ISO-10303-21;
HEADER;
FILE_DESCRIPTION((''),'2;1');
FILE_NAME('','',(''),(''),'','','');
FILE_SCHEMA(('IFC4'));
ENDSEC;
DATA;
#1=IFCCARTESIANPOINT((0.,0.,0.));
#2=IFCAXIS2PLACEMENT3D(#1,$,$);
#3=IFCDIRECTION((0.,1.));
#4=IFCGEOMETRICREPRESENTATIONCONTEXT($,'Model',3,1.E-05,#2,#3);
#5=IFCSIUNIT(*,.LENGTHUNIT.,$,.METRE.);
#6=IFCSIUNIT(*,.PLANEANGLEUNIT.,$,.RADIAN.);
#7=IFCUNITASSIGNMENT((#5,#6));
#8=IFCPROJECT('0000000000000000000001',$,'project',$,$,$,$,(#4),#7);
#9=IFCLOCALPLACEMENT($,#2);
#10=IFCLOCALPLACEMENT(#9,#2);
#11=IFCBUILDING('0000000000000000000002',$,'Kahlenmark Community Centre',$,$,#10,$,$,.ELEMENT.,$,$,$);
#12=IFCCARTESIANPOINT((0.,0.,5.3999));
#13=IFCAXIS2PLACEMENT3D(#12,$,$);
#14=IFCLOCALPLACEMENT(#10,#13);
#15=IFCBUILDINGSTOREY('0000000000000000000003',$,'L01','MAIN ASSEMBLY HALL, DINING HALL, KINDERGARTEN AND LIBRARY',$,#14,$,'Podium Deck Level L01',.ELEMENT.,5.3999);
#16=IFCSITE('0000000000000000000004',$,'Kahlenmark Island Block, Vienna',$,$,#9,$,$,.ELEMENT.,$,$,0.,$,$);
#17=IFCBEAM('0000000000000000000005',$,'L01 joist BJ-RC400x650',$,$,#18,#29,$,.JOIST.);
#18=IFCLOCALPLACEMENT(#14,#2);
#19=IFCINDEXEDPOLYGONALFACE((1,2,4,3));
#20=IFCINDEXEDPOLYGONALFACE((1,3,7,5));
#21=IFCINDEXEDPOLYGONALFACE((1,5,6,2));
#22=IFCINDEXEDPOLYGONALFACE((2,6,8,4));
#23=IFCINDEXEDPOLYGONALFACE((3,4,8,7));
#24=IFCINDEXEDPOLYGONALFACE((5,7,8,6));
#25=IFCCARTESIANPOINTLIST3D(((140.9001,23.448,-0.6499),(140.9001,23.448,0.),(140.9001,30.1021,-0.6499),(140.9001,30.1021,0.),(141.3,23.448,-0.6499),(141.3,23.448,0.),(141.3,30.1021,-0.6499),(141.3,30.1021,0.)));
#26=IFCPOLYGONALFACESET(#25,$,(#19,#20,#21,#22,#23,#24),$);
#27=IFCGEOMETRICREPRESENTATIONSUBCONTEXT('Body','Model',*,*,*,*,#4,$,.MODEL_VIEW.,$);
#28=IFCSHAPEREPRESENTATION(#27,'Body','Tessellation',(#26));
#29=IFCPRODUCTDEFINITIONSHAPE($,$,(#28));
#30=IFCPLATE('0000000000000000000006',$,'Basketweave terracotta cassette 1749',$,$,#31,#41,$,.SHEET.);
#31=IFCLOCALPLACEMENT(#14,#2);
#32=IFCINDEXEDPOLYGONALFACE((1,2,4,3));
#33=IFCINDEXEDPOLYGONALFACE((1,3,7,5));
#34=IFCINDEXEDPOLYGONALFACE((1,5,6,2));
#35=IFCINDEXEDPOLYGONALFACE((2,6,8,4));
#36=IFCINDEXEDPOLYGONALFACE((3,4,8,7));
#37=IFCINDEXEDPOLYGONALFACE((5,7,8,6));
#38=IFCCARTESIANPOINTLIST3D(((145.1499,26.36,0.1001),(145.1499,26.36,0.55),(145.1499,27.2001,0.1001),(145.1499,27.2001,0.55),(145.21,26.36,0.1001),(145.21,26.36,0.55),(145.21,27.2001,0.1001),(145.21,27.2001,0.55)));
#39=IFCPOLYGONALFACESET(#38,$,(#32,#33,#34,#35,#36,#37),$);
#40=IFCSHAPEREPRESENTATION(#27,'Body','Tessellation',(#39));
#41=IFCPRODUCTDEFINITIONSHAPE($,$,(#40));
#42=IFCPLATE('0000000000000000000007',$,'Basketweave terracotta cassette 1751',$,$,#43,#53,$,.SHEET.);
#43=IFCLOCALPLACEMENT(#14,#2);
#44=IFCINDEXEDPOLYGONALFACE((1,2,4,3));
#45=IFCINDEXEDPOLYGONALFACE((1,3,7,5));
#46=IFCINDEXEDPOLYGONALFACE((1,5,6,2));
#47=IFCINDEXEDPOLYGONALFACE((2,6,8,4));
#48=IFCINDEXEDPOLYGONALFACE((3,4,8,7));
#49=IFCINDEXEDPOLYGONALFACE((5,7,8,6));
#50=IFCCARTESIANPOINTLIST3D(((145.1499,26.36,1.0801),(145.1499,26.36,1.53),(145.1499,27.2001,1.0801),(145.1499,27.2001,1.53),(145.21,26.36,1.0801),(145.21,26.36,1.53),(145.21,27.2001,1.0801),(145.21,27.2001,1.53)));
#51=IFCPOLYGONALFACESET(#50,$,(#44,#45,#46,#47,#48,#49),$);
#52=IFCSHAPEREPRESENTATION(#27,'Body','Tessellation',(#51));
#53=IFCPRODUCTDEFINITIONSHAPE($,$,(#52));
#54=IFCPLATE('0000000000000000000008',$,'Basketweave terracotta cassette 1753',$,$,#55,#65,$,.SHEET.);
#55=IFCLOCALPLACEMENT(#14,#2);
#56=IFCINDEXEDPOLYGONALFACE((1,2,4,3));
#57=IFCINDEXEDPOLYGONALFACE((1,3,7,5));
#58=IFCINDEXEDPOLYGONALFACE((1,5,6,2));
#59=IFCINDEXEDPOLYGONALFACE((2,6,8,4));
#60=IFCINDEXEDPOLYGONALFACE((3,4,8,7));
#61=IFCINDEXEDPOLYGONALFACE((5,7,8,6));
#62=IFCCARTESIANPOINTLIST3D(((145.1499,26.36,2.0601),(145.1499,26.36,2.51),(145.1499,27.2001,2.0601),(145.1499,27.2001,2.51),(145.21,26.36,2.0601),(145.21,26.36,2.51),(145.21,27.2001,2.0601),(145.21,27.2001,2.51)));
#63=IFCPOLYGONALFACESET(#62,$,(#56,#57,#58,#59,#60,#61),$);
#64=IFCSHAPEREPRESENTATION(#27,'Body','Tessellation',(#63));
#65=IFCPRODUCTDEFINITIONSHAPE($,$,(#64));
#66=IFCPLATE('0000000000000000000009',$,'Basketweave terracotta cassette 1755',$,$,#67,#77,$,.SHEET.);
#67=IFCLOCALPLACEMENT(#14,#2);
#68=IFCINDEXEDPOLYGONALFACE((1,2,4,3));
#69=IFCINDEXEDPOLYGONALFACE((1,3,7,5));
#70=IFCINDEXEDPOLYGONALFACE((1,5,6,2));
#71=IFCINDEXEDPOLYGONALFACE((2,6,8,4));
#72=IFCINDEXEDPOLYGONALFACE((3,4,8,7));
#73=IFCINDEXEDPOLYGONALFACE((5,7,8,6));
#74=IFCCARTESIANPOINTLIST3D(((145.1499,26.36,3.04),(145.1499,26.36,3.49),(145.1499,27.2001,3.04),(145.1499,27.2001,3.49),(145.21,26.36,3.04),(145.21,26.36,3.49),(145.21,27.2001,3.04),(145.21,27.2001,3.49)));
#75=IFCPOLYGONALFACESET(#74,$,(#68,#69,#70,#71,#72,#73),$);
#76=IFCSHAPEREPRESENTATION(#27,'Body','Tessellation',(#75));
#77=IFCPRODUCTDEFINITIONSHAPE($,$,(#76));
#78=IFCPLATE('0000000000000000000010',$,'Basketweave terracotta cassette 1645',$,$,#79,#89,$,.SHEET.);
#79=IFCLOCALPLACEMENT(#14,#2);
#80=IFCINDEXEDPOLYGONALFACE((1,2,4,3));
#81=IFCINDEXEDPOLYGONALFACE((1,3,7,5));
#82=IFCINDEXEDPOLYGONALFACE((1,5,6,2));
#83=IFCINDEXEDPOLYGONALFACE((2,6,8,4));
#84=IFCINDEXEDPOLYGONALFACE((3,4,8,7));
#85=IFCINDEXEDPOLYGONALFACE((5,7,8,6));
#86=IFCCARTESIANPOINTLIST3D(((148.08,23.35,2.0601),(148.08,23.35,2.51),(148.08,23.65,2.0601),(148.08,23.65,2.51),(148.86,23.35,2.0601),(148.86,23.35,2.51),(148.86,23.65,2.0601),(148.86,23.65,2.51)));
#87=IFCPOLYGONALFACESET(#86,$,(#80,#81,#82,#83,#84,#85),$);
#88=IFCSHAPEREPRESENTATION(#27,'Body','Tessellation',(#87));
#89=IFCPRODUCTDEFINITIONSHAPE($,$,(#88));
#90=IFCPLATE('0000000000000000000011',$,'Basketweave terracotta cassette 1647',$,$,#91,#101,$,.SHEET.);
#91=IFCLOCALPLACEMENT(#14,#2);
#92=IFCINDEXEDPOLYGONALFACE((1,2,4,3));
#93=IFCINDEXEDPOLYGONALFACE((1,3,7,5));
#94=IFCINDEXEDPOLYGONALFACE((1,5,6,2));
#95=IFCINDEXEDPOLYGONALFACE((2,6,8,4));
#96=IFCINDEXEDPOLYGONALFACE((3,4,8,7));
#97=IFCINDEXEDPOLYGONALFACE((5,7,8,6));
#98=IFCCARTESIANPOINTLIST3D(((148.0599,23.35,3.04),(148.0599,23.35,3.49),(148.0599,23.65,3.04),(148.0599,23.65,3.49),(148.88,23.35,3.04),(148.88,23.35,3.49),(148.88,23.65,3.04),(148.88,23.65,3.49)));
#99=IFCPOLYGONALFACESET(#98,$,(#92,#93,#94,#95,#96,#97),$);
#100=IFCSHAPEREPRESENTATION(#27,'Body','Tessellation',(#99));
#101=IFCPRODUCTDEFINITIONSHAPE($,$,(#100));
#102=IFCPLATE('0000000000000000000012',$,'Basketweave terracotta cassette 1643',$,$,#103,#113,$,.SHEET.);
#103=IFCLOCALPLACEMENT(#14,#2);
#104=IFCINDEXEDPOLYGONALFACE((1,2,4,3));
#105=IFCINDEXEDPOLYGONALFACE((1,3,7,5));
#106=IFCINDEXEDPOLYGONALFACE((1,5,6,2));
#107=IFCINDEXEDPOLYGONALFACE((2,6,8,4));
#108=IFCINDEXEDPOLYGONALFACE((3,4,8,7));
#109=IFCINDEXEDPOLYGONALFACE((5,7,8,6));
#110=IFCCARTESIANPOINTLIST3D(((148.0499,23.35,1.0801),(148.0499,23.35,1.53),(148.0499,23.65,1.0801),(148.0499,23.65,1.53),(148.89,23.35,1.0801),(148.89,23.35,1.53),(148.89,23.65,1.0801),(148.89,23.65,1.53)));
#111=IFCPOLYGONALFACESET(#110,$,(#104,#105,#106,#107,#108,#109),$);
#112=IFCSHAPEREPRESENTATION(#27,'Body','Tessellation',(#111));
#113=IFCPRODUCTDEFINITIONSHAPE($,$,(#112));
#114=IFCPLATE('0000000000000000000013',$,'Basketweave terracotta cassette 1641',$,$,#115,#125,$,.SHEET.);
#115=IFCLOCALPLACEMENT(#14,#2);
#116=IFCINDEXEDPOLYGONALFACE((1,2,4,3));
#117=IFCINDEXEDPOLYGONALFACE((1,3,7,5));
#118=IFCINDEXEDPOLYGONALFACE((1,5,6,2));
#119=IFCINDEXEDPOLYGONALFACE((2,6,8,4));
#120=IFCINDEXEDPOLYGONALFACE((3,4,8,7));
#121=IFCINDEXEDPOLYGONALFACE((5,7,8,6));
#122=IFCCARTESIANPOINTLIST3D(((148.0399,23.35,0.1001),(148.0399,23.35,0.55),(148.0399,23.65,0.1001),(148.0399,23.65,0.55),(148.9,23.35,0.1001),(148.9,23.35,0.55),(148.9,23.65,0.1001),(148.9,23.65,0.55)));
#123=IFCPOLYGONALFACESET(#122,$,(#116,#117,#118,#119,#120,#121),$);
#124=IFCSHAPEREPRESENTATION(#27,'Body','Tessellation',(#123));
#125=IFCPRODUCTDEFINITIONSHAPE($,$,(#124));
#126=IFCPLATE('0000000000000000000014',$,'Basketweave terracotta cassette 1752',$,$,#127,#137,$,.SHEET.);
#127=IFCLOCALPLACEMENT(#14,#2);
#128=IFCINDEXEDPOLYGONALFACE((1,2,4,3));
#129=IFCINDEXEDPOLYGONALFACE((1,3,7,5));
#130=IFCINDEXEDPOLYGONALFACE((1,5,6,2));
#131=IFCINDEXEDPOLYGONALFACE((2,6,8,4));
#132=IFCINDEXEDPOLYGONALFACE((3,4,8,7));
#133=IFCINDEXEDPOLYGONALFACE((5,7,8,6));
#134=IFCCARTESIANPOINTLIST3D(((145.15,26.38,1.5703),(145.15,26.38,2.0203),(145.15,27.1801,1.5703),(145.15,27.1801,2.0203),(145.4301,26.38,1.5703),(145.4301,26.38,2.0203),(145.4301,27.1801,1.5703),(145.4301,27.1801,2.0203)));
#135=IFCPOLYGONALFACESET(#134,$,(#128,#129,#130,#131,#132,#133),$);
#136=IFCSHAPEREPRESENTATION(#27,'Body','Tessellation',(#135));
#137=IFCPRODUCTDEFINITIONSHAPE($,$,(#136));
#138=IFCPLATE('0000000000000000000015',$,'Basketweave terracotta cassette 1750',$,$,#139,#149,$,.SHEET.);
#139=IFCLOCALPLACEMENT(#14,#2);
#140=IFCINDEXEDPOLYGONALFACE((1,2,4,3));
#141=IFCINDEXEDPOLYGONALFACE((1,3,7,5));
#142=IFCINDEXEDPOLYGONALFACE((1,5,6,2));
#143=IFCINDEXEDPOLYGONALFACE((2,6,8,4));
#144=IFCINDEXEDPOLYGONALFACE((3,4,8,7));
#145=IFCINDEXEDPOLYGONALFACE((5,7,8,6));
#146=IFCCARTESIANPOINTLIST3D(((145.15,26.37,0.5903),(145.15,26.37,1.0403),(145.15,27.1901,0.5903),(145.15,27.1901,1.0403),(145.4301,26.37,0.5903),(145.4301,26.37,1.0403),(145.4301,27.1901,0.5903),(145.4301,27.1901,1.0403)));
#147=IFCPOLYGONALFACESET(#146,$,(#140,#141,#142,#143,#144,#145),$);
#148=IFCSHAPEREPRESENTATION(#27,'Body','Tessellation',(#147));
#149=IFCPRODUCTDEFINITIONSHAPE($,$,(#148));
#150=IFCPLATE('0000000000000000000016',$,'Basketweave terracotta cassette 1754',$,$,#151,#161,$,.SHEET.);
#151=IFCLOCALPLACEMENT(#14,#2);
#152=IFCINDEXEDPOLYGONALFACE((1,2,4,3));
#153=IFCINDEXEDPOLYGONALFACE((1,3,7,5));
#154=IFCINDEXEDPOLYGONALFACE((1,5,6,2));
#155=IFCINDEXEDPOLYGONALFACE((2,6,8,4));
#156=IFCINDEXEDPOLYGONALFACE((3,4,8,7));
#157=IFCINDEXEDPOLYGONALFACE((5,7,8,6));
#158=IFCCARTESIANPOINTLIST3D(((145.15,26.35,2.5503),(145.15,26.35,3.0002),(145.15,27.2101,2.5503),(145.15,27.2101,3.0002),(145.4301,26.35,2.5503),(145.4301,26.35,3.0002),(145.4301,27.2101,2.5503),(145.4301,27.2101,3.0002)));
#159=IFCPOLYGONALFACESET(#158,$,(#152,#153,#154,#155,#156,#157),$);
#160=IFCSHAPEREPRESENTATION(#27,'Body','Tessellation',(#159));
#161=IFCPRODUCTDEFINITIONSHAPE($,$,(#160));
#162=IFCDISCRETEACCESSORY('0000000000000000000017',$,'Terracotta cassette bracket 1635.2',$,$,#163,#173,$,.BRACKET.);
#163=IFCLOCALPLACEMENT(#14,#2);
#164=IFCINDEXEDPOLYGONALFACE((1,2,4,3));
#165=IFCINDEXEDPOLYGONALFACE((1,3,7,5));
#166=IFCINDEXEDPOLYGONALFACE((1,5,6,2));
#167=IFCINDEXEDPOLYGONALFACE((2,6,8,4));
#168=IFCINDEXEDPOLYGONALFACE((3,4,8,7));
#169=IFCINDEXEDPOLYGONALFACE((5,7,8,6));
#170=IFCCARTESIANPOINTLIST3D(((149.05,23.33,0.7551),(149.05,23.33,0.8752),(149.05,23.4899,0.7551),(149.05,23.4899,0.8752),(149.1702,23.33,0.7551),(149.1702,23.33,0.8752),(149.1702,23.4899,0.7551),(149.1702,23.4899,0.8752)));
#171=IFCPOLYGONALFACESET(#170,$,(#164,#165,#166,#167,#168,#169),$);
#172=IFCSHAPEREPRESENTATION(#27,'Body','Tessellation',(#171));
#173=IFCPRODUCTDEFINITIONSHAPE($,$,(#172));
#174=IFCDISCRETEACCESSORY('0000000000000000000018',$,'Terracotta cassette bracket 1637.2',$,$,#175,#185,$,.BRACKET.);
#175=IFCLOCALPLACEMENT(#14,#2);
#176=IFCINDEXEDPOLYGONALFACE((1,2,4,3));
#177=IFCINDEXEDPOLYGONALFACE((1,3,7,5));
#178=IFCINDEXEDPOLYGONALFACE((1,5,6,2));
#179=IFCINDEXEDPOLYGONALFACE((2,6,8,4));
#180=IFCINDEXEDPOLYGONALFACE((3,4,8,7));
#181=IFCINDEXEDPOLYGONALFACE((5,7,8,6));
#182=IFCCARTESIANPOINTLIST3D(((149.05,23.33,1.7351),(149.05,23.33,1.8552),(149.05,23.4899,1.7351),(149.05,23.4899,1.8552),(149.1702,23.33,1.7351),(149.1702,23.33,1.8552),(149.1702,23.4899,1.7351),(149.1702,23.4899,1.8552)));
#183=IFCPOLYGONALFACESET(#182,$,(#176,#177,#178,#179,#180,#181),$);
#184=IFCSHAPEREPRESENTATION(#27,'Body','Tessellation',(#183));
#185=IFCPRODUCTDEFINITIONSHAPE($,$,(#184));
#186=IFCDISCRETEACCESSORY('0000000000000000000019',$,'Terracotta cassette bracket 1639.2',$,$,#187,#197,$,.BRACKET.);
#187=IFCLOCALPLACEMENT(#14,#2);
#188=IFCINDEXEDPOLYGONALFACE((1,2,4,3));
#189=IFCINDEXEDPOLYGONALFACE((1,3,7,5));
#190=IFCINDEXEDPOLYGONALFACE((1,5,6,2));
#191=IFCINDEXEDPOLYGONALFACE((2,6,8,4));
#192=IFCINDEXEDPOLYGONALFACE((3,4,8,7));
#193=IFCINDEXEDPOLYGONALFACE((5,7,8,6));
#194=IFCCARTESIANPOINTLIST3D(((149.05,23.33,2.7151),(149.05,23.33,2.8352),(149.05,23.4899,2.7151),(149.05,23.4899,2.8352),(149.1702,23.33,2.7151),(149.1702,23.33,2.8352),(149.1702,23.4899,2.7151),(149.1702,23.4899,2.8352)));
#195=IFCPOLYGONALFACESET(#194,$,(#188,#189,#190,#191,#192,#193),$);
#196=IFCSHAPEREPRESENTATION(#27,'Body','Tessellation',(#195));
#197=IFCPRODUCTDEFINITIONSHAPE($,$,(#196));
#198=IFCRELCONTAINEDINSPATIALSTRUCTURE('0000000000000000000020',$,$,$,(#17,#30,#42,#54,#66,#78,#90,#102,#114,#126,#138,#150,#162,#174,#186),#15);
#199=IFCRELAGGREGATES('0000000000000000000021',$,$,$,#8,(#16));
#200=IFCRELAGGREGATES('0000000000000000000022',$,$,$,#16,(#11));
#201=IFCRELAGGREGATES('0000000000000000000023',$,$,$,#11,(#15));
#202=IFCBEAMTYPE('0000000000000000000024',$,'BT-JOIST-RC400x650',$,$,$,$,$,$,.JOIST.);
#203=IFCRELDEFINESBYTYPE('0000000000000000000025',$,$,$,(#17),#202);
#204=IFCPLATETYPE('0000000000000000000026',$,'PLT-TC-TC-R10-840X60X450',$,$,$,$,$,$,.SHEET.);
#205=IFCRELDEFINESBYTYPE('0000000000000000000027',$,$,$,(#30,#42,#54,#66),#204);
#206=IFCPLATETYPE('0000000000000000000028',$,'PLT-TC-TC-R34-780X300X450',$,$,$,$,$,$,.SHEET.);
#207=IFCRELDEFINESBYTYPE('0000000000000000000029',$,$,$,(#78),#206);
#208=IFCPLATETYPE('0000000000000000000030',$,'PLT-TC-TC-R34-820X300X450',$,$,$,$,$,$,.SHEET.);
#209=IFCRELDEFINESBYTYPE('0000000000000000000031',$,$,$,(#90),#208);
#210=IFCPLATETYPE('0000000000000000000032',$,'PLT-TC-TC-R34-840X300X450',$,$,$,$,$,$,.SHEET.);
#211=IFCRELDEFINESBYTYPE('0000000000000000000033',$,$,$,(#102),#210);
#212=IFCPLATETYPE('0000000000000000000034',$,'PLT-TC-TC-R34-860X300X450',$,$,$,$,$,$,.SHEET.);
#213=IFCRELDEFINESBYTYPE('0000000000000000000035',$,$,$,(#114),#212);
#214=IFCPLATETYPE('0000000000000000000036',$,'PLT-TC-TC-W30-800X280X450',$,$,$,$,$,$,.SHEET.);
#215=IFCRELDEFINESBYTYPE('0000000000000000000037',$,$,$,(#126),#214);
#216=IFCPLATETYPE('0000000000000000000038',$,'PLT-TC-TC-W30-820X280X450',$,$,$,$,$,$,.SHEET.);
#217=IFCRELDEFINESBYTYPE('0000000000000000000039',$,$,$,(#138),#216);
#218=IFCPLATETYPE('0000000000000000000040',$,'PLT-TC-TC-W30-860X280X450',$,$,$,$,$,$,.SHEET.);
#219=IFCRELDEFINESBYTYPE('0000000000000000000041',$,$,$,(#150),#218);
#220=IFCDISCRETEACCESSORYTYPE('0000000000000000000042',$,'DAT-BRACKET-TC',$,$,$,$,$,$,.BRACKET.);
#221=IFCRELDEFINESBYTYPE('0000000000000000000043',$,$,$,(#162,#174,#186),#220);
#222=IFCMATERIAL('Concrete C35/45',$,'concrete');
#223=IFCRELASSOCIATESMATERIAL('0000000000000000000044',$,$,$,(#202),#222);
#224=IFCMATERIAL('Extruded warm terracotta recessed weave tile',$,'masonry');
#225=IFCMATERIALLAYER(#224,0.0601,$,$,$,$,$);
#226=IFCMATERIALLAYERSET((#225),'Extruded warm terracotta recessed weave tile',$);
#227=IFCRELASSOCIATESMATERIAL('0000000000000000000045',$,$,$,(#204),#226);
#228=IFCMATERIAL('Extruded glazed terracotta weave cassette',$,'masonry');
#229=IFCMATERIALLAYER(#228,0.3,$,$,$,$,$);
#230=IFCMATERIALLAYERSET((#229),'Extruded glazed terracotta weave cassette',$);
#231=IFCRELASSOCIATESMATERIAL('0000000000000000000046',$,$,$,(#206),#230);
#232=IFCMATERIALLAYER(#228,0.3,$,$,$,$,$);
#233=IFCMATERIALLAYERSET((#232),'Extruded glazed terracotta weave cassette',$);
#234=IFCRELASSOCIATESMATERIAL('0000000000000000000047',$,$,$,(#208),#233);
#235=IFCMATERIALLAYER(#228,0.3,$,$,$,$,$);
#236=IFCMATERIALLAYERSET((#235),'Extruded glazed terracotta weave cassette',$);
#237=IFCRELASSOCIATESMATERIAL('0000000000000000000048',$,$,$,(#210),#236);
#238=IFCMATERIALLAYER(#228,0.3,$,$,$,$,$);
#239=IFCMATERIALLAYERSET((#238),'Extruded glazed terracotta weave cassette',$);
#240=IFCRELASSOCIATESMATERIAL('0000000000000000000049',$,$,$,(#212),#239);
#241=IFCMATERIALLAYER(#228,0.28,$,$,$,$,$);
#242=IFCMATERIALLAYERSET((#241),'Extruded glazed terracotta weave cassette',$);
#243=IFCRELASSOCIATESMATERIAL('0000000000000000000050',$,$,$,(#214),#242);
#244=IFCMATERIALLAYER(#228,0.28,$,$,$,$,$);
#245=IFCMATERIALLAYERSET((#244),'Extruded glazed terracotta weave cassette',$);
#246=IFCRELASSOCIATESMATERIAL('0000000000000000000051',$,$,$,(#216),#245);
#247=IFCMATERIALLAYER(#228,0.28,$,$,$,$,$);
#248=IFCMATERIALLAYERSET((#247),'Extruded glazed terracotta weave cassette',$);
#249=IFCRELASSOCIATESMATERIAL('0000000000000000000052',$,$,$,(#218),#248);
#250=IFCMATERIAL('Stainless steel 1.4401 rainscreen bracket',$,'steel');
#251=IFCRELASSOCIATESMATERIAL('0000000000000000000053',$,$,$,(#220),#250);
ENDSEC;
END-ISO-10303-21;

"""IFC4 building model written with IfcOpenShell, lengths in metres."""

from ifc_helpers import new_model, si_unit, direction, frame, origin, origin_2d, place, context, subcontext, project, spatial, rectangle, extrude, material, layer, layer_set, material_profile, profile_set, type_object, element, save


model = new_model("IFC4")

# Units and contexts
model_context = context("Model", 3, precision=1e-05, world=origin(), true_north=direction((0.0, 1.0)))
body_context = subcontext(model_context, "Body", "Model", "MODEL_VIEW")
ifc_project = project(units=[si_unit("LENGTHUNIT", "METRE"), si_unit("PLANEANGLEUNIT", "RADIAN")], contexts=[model_context])

# Site, building, storey
site_placement = place(None, origin())
site = spatial("IfcSite", under=ifc_project, at=site_placement, Name="Kahlenmark Island Block, Vienna", CompositionType="ELEMENT", RefElevation=0.0)
building_placement = place(site_placement, origin())
building = spatial("IfcBuilding", under=site, at=building_placement, Name="Kahlenmark Community Centre", CompositionType="ELEMENT")
storey_placement = place(building_placement, frame((0.0, 0.0, 5.3999)))
storey = spatial("IfcBuildingStorey", under=building, at=storey_placement, Name="L01", Description="MAIN ASSEMBLY HALL, DINING HALL, KINDERGARTEN AND LIBRARY", LongName="Podium Deck Level L01", CompositionType="ELEMENT", Elevation=5.3999)

# Beam
ifc_material_1 = material(Name="Concrete C35/45", Category="concrete")
ifc_material_profile = material_profile(ifc_material_1, rectangle(XDim=0.3999, YDim=0.6499, at=origin_2d()), Name="RC 400x650")
ifc_profile_set = profile_set([ifc_material_profile], Name="Concrete C35/45")
beam_type = type_object("IfcBeamType", Name="BT-JOIST-RC400x650", PredefinedType="JOIST", material=ifc_profile_set)
beam_placement = place(storey_placement, frame((141.1001, 23.448, -0.325), z_axis=(0.0, 1.0, 0.0), x_axis=(-1.0, 0.0, 0.0)))
element("IfcBeam", 1, at=beam_placement, inside=storey, type_object=beam_type, Name="L01 joist BJ-RC400x650", PredefinedType="JOIST", context=body_context, shape_type="SweptSolid", body=[
    extrude(rectangle(XDim=0.3999, YDim=0.6499, at=origin_2d()), origin(), (0.0, 0.0, 1.0), 6.6541),
])

# Plates
ifc_material_2 = material(Name="Extruded warm terracotta recessed weave tile", Category="masonry")
ifc_layer_1 = layer(ifc_material_2, 0.0601)
ifc_layer_set_1 = layer_set([ifc_layer_1], Name="Extruded warm terracotta recessed weave tile")
plate_type_1 = type_object("IfcPlateType", Name="PLT-TC-TC-R10-840X60X450", PredefinedType="SHEET", material=ifc_layer_set_1)
for number, where, z_axis, x_axis, name in (
    (2, (145.1799, 26.78, 0.1001), (0.0, 0.0, 1.0), (0.0, 1.0, 0.0), "Basketweave terracotta cassette 1749"),
    (3, (145.1799, 26.78, 1.0801), (0.0, 0.0, 1.0), (0.0, 1.0, 0.0), "Basketweave terracotta cassette 1751"),
    (4, (145.1799, 26.78, 2.0601), (0.0, 0.0, 1.0), (0.0, 1.0, 0.0), "Basketweave terracotta cassette 1753"),
    (5, (145.1799, 26.78, 3.04), (0.0, 0.0, 1.0), (0.0, 1.0, 0.0), "Basketweave terracotta cassette 1755"),
):
    element("IfcPlate", number, at=place(storey_placement, frame(where, z_axis=z_axis, x_axis=x_axis)), inside=storey, type_object=plate_type_1, Name=name, PredefinedType="SHEET", context=body_context, shape_type="SweptSolid", body=[
        extrude(rectangle(XDim=0.8401, YDim=0.0601, at=origin_2d()), origin(), (0.0, 0.0, 1.0), 0.45),
    ])
ifc_material_3 = material(Name="Extruded glazed terracotta weave cassette", Category="masonry")
ifc_layer_2 = layer(ifc_material_3, 0.3)
ifc_layer_set_2 = layer_set([ifc_layer_2], Name="Extruded glazed terracotta weave cassette")
plate_type_2 = type_object("IfcPlateType", Name="PLT-TC-TC-R34-780X300X450", PredefinedType="SHEET", material=ifc_layer_set_2)
plate_1_placement = place(storey_placement, frame((148.47, 23.5, 2.0601), z_axis=(0.0, 0.0, 1.0), x_axis=(-1.0, 0.0, 0.0)))
element("IfcPlate", 6, at=plate_1_placement, inside=storey, type_object=plate_type_2, Name="Basketweave terracotta cassette 1645", PredefinedType="SHEET", context=body_context, shape_type="SweptSolid", body=[
    extrude(rectangle(XDim=0.78, YDim=0.3, at=origin_2d()), origin(), (0.0, 0.0, 1.0), 0.45),
])
ifc_layer_3 = layer(ifc_material_3, 0.3)
ifc_layer_set_3 = layer_set([ifc_layer_3], Name="Extruded glazed terracotta weave cassette")
plate_type_3 = type_object("IfcPlateType", Name="PLT-TC-TC-R34-820X300X450", PredefinedType="SHEET", material=ifc_layer_set_3)
plate_2_placement = place(storey_placement, frame((148.47, 23.5, 3.04), z_axis=(0.0, 0.0, 1.0), x_axis=(-1.0, 0.0, 0.0)))
element("IfcPlate", 7, at=plate_2_placement, inside=storey, type_object=plate_type_3, Name="Basketweave terracotta cassette 1647", PredefinedType="SHEET", context=body_context, shape_type="SweptSolid", body=[
    extrude(rectangle(XDim=0.8201, YDim=0.3, at=origin_2d()), origin(), (0.0, 0.0, 1.0), 0.45),
])
ifc_layer_4 = layer(ifc_material_3, 0.3)
ifc_layer_set_4 = layer_set([ifc_layer_4], Name="Extruded glazed terracotta weave cassette")
plate_type_4 = type_object("IfcPlateType", Name="PLT-TC-TC-R34-840X300X450", PredefinedType="SHEET", material=ifc_layer_set_4)
plate_3_placement = place(storey_placement, frame((148.47, 23.5, 1.0801), z_axis=(0.0, 0.0, 1.0), x_axis=(-1.0, 0.0, 0.0)))
element("IfcPlate", 8, at=plate_3_placement, inside=storey, type_object=plate_type_4, Name="Basketweave terracotta cassette 1643", PredefinedType="SHEET", context=body_context, shape_type="SweptSolid", body=[
    extrude(rectangle(XDim=0.8401, YDim=0.3, at=origin_2d()), origin(), (0.0, 0.0, 1.0), 0.45),
])
ifc_layer_5 = layer(ifc_material_3, 0.3)
ifc_layer_set_5 = layer_set([ifc_layer_5], Name="Extruded glazed terracotta weave cassette")
plate_type_5 = type_object("IfcPlateType", Name="PLT-TC-TC-R34-860X300X450", PredefinedType="SHEET", material=ifc_layer_set_5)
plate_4_placement = place(storey_placement, frame((148.47, 23.5, 0.1001), z_axis=(0.0, 0.0, 1.0), x_axis=(-1.0, 0.0, 0.0)))
element("IfcPlate", 9, at=plate_4_placement, inside=storey, type_object=plate_type_5, Name="Basketweave terracotta cassette 1641", PredefinedType="SHEET", context=body_context, shape_type="SweptSolid", body=[
    extrude(rectangle(XDim=0.8601, YDim=0.3, at=origin_2d()), origin(), (0.0, 0.0, 1.0), 0.45),
])
ifc_layer_6 = layer(ifc_material_3, 0.28)
ifc_layer_set_6 = layer_set([ifc_layer_6], Name="Extruded glazed terracotta weave cassette")
plate_type_6 = type_object("IfcPlateType", Name="PLT-TC-TC-W30-800X280X450", PredefinedType="SHEET", material=ifc_layer_set_6)
plate_5_placement = place(storey_placement, frame((145.29, 26.78, 1.5703), z_axis=(0.0, 0.0, 1.0), x_axis=(0.0, 1.0, 0.0)))
element("IfcPlate", 10, at=plate_5_placement, inside=storey, type_object=plate_type_6, Name="Basketweave terracotta cassette 1752", PredefinedType="SHEET", context=body_context, shape_type="SweptSolid", body=[
    extrude(rectangle(XDim=0.8, YDim=0.28, at=origin_2d()), origin(), (0.0, 0.0, 1.0), 0.45),
])
ifc_layer_7 = layer(ifc_material_3, 0.28)
ifc_layer_set_7 = layer_set([ifc_layer_7], Name="Extruded glazed terracotta weave cassette")
plate_type_7 = type_object("IfcPlateType", Name="PLT-TC-TC-W30-820X280X450", PredefinedType="SHEET", material=ifc_layer_set_7)
plate_6_placement = place(storey_placement, frame((145.29, 26.78, 0.5903), z_axis=(0.0, 0.0, 1.0), x_axis=(0.0, 1.0, 0.0)))
element("IfcPlate", 11, at=plate_6_placement, inside=storey, type_object=plate_type_7, Name="Basketweave terracotta cassette 1750", PredefinedType="SHEET", context=body_context, shape_type="SweptSolid", body=[
    extrude(rectangle(XDim=0.8201, YDim=0.28, at=origin_2d()), origin(), (0.0, 0.0, 1.0), 0.45),
])
ifc_layer_8 = layer(ifc_material_3, 0.28)
ifc_layer_set_8 = layer_set([ifc_layer_8], Name="Extruded glazed terracotta weave cassette")
plate_type_8 = type_object("IfcPlateType", Name="PLT-TC-TC-W30-860X280X450", PredefinedType="SHEET", material=ifc_layer_set_8)
plate_7_placement = place(storey_placement, frame((145.29, 26.78, 2.5503), z_axis=(0.0, 0.0, 1.0), x_axis=(0.0, 1.0, 0.0)))
element("IfcPlate", 12, at=plate_7_placement, inside=storey, type_object=plate_type_8, Name="Basketweave terracotta cassette 1754", PredefinedType="SHEET", context=body_context, shape_type="SweptSolid", body=[
    extrude(rectangle(XDim=0.8601, YDim=0.28, at=origin_2d()), origin(), (0.0, 0.0, 1.0), 0.45),
])

# Discrete accessories
ifc_material_4 = material(Name="Stainless steel 1.4401 rainscreen bracket", Category="steel")
discrete_accessory_type = type_object("IfcDiscreteAccessoryType", Name="DAT-BRACKET-TC", PredefinedType="BRACKET", material=ifc_material_4)
for number, where, z_axis, x_axis, name in (
    (13, (149.1101, 23.4099, 0.7551), (0.0, 0.0, 1.0), (-1.0, 0.0, 0.0), "Terracotta cassette bracket 1635.2"),
    (14, (149.1101, 23.4099, 1.7351), (0.0, 0.0, 1.0), (-1.0, 0.0, 0.0), "Terracotta cassette bracket 1637.2"),
    (15, (149.1101, 23.4099, 2.7151), (0.0, 0.0, 1.0), (-1.0, 0.0, 0.0), "Terracotta cassette bracket 1639.2"),
):
    element("IfcDiscreteAccessory", number, at=place(storey_placement, frame(where, z_axis=z_axis, x_axis=x_axis)), inside=storey, type_object=discrete_accessory_type, Name=name, PredefinedType="BRACKET", context=body_context, shape_type="SweptSolid", body=[
        extrude(rectangle(XDim=0.1201, YDim=0.1599, at=origin_2d()), origin(), (0.0, 0.0, 1.0), 0.1201),
    ])

save(model, "model.ifc")
